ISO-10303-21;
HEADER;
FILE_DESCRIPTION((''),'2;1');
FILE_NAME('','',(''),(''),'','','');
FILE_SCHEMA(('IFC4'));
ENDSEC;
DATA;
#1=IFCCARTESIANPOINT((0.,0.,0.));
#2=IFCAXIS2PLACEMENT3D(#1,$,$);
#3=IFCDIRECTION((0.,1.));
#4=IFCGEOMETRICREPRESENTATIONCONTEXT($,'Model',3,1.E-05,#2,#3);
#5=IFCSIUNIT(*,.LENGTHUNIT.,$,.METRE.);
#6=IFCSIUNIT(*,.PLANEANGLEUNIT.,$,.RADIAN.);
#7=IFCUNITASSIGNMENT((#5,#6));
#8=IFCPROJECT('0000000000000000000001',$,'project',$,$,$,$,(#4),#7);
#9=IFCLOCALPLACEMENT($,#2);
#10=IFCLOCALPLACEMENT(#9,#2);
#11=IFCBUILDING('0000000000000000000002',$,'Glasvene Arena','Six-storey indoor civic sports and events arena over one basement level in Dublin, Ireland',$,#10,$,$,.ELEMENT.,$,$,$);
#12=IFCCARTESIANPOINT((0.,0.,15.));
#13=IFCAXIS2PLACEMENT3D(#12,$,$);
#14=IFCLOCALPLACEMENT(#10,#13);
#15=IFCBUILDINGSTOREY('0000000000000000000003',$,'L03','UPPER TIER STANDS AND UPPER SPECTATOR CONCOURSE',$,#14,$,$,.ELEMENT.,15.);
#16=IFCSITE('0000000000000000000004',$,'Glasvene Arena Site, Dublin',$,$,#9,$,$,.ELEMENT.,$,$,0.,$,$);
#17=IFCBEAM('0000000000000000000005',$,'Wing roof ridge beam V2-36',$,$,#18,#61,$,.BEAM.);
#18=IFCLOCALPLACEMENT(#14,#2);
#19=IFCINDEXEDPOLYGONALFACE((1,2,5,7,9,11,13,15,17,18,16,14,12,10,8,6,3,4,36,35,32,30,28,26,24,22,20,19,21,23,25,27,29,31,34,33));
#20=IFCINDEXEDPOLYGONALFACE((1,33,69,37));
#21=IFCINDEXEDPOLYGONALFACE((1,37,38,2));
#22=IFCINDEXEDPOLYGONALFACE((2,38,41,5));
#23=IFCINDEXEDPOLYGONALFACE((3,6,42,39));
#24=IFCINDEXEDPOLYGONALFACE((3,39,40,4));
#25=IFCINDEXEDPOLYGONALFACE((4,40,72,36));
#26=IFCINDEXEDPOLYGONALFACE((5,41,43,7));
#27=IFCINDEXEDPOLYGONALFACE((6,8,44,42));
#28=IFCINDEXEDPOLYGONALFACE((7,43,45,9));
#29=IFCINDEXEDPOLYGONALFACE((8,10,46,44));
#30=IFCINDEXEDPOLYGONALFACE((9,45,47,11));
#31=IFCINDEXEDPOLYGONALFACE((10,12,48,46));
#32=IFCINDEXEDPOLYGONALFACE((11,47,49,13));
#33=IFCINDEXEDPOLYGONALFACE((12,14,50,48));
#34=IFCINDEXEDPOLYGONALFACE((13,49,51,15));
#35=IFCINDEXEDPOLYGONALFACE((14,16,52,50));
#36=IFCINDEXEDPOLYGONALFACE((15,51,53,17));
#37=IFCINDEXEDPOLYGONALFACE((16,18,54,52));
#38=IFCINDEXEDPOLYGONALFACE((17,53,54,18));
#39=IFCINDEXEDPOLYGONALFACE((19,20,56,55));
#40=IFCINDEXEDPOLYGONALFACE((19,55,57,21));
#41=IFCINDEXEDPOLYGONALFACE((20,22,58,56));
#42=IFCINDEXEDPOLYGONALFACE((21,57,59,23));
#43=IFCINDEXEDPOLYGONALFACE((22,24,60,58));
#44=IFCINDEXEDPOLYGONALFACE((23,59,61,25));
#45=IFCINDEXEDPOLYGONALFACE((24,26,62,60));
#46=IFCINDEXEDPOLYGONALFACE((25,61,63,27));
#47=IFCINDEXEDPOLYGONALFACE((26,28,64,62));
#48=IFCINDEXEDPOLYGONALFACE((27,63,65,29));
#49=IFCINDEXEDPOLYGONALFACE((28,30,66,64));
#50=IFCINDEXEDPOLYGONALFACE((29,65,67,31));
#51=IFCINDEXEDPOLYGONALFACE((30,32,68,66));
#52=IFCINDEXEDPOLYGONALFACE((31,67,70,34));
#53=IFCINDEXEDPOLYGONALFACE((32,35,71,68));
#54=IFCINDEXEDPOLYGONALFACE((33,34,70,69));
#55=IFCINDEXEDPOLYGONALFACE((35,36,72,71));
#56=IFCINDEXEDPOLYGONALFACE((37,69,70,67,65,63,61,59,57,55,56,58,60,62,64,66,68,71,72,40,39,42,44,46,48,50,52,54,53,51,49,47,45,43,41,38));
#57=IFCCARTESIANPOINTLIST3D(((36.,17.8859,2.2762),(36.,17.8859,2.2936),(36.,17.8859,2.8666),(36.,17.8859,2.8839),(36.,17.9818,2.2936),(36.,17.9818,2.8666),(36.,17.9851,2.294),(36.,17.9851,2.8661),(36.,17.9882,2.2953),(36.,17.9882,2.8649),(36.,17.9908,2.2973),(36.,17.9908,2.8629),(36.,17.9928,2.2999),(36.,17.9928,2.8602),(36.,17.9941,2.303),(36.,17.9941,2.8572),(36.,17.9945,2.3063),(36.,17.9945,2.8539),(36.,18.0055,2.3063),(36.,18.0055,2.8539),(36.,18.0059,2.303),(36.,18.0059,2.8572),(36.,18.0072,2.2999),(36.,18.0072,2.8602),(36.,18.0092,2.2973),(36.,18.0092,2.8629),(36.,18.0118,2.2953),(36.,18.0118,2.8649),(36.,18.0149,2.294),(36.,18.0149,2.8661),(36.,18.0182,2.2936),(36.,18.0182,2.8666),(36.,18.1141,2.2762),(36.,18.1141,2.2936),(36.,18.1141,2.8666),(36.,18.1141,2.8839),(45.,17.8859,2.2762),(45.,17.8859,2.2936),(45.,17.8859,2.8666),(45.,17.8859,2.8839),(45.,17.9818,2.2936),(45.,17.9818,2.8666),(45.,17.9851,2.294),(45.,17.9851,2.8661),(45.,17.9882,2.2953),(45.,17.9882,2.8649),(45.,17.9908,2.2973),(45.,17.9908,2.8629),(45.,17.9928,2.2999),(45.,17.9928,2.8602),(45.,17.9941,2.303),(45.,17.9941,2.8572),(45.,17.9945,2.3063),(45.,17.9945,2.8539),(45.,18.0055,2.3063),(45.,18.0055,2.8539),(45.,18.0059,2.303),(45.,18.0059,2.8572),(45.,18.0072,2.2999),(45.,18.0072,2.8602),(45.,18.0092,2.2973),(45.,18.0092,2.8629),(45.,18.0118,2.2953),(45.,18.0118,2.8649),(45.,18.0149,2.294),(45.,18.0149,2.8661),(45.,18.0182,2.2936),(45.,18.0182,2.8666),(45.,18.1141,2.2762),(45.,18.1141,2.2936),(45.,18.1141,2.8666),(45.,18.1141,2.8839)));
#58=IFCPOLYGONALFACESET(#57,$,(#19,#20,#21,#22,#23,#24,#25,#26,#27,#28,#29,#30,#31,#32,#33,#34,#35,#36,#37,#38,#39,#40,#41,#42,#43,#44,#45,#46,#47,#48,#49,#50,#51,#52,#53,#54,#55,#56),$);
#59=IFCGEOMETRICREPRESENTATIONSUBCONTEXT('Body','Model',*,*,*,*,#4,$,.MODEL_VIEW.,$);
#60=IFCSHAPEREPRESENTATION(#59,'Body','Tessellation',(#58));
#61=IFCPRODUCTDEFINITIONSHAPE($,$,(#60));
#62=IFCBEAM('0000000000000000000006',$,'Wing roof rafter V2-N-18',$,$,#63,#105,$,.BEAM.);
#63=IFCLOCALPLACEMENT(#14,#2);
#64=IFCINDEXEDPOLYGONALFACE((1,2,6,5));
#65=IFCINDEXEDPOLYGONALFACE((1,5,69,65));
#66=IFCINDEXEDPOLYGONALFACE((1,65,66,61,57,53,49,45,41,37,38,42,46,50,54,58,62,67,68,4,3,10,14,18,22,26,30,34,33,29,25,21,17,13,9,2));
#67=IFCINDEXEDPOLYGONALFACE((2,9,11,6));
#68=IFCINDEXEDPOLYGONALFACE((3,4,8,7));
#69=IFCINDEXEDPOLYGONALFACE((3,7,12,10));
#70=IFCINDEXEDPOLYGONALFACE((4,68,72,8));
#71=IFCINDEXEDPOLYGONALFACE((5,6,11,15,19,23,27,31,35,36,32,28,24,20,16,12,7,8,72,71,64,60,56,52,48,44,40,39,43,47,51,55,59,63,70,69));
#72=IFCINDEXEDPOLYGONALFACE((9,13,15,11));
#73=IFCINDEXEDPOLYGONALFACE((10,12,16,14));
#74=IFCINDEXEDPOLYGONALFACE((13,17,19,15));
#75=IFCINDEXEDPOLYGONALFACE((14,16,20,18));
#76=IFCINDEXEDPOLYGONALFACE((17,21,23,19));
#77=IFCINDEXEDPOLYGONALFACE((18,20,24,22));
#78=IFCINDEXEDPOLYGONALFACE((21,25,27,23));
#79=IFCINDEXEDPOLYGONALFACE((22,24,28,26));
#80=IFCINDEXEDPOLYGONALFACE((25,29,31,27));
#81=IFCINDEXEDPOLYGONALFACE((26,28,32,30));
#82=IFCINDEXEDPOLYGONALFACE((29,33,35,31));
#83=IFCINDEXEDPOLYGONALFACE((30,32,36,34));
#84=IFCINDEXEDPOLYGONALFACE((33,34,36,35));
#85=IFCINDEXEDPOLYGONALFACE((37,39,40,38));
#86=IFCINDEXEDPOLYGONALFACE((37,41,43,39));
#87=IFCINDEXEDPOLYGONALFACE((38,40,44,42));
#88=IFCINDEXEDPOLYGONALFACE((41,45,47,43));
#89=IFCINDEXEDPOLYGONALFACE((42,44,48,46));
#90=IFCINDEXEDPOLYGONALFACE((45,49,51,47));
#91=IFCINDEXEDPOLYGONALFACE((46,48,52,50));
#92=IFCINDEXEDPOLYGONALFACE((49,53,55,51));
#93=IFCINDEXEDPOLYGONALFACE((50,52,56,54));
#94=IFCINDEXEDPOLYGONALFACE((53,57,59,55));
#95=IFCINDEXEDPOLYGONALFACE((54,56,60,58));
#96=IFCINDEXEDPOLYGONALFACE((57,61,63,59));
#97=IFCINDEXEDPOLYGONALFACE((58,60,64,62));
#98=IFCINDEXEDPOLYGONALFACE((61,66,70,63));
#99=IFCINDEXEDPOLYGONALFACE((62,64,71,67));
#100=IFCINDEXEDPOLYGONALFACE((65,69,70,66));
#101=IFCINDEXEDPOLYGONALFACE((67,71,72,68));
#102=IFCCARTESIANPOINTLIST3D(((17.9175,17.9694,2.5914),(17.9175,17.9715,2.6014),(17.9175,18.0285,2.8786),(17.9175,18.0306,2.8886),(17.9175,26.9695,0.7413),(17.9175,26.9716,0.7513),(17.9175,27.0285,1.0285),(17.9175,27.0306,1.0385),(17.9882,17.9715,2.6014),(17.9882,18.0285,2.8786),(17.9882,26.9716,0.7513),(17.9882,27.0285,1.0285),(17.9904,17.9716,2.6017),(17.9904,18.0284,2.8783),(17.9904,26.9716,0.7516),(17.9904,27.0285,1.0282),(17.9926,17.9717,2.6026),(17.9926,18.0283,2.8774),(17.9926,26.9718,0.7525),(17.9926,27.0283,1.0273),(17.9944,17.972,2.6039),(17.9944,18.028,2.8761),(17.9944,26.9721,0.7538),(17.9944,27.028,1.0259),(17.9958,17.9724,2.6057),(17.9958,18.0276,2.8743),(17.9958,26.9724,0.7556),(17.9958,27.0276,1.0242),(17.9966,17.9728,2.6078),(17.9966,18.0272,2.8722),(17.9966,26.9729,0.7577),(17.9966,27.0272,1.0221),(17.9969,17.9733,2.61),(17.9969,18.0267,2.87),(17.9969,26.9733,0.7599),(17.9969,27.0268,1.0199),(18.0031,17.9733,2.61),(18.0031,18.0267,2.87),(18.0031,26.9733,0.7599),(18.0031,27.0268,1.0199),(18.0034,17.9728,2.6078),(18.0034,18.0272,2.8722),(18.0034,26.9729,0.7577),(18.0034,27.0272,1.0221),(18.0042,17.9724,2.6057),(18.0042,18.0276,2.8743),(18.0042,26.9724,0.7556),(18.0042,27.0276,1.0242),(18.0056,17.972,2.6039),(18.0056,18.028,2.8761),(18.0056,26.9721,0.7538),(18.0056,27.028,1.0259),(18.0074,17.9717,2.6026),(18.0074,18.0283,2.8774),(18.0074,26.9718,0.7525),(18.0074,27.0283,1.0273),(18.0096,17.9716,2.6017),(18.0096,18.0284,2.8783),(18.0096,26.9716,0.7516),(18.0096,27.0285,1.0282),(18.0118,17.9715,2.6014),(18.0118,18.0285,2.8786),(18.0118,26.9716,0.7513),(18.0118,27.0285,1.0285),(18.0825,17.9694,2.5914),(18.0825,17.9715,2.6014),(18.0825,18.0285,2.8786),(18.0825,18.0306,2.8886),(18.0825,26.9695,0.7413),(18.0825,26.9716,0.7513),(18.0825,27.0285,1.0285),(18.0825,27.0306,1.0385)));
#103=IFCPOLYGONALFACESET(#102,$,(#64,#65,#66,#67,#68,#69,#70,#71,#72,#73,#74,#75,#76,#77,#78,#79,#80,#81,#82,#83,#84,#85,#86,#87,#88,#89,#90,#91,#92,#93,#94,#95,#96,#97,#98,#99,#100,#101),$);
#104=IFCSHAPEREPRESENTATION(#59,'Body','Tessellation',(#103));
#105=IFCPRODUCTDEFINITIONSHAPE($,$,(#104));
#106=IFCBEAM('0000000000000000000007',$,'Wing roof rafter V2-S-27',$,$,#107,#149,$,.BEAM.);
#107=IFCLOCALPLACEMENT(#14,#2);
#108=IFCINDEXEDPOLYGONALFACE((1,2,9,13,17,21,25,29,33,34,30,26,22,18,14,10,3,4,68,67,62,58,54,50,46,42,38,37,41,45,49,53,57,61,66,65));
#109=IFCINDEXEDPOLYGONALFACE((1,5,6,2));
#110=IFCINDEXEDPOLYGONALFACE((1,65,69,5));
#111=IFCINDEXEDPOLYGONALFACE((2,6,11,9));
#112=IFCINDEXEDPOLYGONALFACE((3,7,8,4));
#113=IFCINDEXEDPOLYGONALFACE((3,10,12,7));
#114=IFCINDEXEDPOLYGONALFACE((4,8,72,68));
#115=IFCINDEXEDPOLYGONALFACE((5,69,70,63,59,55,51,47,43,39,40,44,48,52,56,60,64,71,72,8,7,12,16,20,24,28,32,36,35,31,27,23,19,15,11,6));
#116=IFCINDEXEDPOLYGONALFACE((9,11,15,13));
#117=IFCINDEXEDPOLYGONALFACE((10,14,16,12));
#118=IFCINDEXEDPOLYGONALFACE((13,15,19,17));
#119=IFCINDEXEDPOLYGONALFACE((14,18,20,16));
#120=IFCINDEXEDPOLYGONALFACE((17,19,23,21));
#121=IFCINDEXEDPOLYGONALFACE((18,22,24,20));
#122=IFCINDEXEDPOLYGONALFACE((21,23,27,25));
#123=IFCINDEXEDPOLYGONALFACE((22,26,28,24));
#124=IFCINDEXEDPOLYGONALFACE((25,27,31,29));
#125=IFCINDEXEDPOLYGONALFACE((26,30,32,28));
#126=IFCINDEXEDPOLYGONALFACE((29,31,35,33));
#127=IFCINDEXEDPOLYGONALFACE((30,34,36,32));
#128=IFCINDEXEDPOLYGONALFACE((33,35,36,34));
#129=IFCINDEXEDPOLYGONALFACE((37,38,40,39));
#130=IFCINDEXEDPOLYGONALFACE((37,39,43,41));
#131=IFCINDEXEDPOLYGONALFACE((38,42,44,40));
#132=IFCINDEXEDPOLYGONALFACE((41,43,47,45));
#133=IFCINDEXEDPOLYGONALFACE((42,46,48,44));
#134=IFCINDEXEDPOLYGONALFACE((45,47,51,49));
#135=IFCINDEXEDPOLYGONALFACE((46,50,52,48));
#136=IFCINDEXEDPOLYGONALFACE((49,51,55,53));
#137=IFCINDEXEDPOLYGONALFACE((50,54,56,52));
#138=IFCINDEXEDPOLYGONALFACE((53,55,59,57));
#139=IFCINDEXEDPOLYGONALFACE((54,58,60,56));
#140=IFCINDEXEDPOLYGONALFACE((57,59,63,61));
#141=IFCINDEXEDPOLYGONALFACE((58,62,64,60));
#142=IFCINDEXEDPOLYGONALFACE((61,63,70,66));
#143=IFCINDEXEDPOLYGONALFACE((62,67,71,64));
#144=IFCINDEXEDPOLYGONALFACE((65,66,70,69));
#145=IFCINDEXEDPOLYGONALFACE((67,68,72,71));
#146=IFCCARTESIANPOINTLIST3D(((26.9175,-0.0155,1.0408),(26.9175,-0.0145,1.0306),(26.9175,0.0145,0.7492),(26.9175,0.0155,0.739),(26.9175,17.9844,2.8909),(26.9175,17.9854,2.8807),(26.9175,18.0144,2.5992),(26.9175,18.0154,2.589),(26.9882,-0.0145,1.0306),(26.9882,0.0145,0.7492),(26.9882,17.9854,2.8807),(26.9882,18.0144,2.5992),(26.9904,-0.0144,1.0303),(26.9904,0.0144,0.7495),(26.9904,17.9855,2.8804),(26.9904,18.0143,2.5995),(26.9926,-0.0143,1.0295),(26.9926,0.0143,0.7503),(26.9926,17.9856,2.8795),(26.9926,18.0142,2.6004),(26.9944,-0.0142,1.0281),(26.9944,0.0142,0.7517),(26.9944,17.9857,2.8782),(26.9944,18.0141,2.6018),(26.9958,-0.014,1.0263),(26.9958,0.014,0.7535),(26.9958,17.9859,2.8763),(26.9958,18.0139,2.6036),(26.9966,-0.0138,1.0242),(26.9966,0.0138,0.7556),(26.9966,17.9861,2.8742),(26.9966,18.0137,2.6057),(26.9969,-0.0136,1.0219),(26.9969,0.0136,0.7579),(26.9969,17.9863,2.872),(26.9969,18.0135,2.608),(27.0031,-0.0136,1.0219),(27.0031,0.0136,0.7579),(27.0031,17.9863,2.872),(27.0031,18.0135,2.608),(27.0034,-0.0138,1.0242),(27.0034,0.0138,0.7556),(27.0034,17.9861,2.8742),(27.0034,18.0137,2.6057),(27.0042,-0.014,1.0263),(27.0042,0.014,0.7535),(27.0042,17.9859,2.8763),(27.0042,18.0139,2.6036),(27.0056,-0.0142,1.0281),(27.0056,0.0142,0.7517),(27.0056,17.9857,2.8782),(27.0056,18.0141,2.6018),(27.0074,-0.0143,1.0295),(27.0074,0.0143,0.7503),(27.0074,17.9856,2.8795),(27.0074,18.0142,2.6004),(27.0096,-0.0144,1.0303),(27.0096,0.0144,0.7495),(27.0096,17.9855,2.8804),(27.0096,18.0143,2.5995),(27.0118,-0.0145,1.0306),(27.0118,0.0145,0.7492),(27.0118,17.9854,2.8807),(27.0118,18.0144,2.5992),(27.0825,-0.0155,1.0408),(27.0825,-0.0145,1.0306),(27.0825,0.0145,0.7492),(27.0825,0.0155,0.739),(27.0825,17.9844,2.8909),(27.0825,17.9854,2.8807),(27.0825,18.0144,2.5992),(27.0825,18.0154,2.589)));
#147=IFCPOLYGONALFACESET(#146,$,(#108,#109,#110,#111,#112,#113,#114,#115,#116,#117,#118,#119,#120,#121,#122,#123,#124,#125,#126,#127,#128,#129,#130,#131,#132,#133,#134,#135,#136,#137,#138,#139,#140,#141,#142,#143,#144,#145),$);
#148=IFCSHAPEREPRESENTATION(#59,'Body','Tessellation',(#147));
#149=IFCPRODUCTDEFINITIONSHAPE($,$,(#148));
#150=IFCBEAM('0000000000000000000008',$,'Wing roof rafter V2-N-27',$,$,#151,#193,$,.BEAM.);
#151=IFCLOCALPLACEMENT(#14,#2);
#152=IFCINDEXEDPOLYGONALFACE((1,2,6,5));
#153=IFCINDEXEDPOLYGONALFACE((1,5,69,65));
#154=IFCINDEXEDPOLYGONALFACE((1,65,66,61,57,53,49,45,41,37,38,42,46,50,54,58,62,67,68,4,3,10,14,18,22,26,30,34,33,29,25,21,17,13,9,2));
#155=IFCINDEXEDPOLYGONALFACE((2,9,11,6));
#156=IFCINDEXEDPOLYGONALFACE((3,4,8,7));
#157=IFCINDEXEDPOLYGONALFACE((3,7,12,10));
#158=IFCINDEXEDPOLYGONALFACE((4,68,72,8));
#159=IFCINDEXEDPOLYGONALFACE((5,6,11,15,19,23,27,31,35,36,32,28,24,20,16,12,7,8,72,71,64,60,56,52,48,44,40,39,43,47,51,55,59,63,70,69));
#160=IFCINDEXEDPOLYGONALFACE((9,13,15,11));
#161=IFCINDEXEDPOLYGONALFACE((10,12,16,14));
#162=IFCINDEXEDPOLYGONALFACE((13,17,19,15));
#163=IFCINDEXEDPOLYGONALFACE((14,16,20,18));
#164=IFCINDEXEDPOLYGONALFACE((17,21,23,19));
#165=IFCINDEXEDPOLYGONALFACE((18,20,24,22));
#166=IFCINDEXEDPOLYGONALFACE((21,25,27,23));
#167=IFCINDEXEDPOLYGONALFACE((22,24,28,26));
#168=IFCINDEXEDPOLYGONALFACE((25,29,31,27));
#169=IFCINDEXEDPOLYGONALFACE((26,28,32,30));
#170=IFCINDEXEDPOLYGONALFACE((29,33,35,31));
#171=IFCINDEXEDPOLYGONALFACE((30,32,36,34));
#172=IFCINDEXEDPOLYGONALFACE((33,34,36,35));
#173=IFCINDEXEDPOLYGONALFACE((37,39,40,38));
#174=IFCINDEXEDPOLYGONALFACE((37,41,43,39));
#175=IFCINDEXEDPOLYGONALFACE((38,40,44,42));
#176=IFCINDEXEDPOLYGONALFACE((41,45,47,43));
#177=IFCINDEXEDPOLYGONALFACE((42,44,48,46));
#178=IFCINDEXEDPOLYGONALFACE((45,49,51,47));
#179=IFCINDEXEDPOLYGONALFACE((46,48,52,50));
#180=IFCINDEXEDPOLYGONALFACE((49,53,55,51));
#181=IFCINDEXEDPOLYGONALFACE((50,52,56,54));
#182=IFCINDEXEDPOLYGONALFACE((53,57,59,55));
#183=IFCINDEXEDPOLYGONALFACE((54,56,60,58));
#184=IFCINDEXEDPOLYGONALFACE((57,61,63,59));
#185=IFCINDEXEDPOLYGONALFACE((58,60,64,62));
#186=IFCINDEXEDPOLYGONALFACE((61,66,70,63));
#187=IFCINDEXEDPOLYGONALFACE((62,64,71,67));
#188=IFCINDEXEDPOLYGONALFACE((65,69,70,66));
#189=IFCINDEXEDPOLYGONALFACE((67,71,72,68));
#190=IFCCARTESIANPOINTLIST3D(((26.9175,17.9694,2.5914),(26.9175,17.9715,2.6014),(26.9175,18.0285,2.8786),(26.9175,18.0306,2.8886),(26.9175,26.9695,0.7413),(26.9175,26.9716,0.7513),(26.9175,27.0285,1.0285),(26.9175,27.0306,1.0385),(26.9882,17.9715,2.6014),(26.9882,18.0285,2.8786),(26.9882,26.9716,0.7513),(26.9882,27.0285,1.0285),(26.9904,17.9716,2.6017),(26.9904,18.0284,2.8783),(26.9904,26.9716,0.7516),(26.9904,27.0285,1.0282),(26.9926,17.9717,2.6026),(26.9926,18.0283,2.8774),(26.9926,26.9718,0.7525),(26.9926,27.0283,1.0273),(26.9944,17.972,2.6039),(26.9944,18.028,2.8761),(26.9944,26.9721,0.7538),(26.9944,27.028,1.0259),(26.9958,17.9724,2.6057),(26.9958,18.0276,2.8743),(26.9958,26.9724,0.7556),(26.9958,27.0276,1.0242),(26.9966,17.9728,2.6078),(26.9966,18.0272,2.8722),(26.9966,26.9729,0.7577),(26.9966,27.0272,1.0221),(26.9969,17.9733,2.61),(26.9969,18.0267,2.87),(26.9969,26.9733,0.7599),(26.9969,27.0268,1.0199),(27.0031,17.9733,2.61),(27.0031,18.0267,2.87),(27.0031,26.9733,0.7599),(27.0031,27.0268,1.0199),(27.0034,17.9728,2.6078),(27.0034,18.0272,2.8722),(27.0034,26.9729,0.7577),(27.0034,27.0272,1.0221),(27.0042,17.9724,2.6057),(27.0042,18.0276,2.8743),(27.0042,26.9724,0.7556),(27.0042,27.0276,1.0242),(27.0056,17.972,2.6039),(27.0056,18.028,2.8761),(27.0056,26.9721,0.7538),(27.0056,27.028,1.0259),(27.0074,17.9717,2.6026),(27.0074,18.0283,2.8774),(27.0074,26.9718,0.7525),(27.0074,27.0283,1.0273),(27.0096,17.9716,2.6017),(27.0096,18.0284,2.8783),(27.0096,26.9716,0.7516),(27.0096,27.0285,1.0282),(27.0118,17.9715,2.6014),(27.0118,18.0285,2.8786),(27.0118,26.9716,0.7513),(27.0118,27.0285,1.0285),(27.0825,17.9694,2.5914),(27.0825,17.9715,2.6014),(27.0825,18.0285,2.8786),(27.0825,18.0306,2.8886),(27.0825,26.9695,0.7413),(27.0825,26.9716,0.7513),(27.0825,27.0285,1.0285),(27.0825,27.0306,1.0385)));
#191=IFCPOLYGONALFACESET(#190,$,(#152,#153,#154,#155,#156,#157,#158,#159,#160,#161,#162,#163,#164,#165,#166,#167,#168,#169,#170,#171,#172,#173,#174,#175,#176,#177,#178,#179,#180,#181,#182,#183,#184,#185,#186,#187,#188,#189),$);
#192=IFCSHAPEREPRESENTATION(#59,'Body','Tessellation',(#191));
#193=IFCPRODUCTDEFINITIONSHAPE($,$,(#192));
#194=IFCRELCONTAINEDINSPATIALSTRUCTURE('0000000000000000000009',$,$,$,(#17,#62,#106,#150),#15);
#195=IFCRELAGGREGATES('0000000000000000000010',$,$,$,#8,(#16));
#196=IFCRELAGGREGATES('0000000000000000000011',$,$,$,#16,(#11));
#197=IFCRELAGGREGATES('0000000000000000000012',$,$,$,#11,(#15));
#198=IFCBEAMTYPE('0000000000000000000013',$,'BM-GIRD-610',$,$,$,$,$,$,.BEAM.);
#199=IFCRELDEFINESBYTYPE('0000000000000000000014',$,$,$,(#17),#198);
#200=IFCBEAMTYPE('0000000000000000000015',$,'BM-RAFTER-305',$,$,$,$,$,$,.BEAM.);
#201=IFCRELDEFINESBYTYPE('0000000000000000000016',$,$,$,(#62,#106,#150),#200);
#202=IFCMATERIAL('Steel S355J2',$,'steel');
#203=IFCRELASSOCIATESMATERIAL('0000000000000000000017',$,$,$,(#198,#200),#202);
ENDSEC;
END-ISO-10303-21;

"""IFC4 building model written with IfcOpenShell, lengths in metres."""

from ifc_helpers import new_model, si_unit, direction, frame, origin, origin_2d, place, context, subcontext, project, spatial, i_section, extrude, material, material_profile, profile_set, type_object, element, save


model = new_model("IFC4")

# Units and contexts
model_context = context("Model", 3, precision=1e-05, world=origin(), true_north=direction((0.0, 1.0)))
body_context = subcontext(model_context, "Body", "Model", "MODEL_VIEW")
ifc_project = project(units=[si_unit("LENGTHUNIT", "METRE"), si_unit("PLANEANGLEUNIT", "RADIAN")], contexts=[model_context])

# Site, building, storey
site_placement = place(None, origin())
site = spatial("IfcSite", under=ifc_project, at=site_placement, Name="Glasvene Arena Site, Dublin", CompositionType="ELEMENT", RefElevation=0.0)
building_placement = place(site_placement, origin())
building = spatial("IfcBuilding", under=site, at=building_placement, Name="Glasvene Arena", Description="Six-storey indoor civic sports and events arena over one basement level in Dublin, Ireland", CompositionType="ELEMENT")
storey_placement = place(building_placement, frame((0.0, 0.0, 15.0)))
storey = spatial("IfcBuildingStorey", under=building, at=storey_placement, Name="L03", Description="UPPER TIER STANDS AND UPPER SPECTATOR CONCOURSE", CompositionType="ELEMENT", Elevation=15.0)

# Shared definitions
ifc_material_1 = material(Name="Steel S355J2", Category="steel")

# Beams
ifc_material_profile_1 = material_profile(ifc_material_1, i_section(OverallWidth=0.2283, OverallDepth=0.6077, WebThickness=0.011, FlangeThickness=0.0173, FilletRadius=0.0127, at=origin_2d()), Name="UKB 610x229x113")
ifc_profile_set_1 = profile_set([ifc_material_profile_1], Name="Steel S355J2")
beam_type_1 = type_object("IfcBeamType", Name="BM-GIRD-610", PredefinedType="BEAM", material=ifc_profile_set_1)
for number, where, z_axis, x_axis, name in (
    (1, (36.0, 18.0, 2.5801), (1.0, 0.0, 0.0), (0.0, 1.0, 0.0), "Wing roof ridge beam V2-36"),
):
    element("IfcBeam", number, at=place(storey_placement, frame(where, z_axis=z_axis, x_axis=x_axis)), inside=storey, type_object=beam_type_1, Name=name, PredefinedType="BEAM", context=body_context, shape_type="SweptSolid", body=[
        extrude(i_section(OverallWidth=0.2283, OverallDepth=0.6077, WebThickness=0.011, FlangeThickness=0.0173, FilletRadius=0.0127, at=origin_2d()), origin(), (0.0, 0.0, 1.0), 9.0),
    ])
ifc_material_profile_2 = material_profile(ifc_material_1, i_section(OverallWidth=0.165, OverallDepth=0.3035, WebThickness=0.0061, FlangeThickness=0.0103, FilletRadius=0.0088, at=origin_2d()), Name="UKB 305x165x40")
ifc_profile_set_2 = profile_set([ifc_material_profile_2], Name="Steel S355J2")
beam_type_2 = type_object("IfcBeamType", Name="BM-RAFTER-305", PredefinedType="BEAM", material=ifc_profile_set_2)
beam_1_placement = place(storey_placement, frame((18.0, 18.0, 2.74), z_axis=(0.0, 0.979518, -0.201356), x_axis=(-1.0, 0.0, 0.0)))
element("IfcBeam", 2, at=beam_1_placement, inside=storey, type_object=beam_type_2, Name="Wing roof rafter V2-N-18", PredefinedType="BEAM", context=body_context, shape_type="SweptSolid", body=[
    extrude(i_section(OverallWidth=0.165, OverallDepth=0.3035, WebThickness=0.0061, FlangeThickness=0.0103, FilletRadius=0.0088, at=origin_2d()), origin(), (0.0, 0.0, 1.0), 9.1882),
])
beam_2_placement = place(storey_placement, frame((27.0, 0.0, 0.8899), z_axis=(0.0, 0.994759, 0.102245), x_axis=(-1.0, 0.0, 0.0)))
element("IfcBeam", 3, at=beam_2_placement, inside=storey, type_object=beam_type_2, Name="Wing roof rafter V2-S-27", PredefinedType="BEAM", context=body_context, shape_type="SweptSolid", body=[
    extrude(i_section(OverallWidth=0.165, OverallDepth=0.3035, WebThickness=0.0061, FlangeThickness=0.0103, FilletRadius=0.0088, at=origin_2d()), origin(), (0.0, 0.0, 1.0), 18.0947),
])
beam_3_placement = place(storey_placement, frame((27.0, 18.0, 2.74), z_axis=(0.0, 0.979518, -0.201356), x_axis=(-1.0, 0.0, 0.0)))
element("IfcBeam", 4, at=beam_3_placement, inside=storey, type_object=beam_type_2, Name="Wing roof rafter V2-N-27", PredefinedType="BEAM", context=body_context, shape_type="SweptSolid", body=[
    extrude(i_section(OverallWidth=0.165, OverallDepth=0.3035, WebThickness=0.0061, FlangeThickness=0.0103, FilletRadius=0.0088, at=origin_2d()), origin(), (0.0, 0.0, 1.0), 9.1882),
])

save(model, "model.ifc")
